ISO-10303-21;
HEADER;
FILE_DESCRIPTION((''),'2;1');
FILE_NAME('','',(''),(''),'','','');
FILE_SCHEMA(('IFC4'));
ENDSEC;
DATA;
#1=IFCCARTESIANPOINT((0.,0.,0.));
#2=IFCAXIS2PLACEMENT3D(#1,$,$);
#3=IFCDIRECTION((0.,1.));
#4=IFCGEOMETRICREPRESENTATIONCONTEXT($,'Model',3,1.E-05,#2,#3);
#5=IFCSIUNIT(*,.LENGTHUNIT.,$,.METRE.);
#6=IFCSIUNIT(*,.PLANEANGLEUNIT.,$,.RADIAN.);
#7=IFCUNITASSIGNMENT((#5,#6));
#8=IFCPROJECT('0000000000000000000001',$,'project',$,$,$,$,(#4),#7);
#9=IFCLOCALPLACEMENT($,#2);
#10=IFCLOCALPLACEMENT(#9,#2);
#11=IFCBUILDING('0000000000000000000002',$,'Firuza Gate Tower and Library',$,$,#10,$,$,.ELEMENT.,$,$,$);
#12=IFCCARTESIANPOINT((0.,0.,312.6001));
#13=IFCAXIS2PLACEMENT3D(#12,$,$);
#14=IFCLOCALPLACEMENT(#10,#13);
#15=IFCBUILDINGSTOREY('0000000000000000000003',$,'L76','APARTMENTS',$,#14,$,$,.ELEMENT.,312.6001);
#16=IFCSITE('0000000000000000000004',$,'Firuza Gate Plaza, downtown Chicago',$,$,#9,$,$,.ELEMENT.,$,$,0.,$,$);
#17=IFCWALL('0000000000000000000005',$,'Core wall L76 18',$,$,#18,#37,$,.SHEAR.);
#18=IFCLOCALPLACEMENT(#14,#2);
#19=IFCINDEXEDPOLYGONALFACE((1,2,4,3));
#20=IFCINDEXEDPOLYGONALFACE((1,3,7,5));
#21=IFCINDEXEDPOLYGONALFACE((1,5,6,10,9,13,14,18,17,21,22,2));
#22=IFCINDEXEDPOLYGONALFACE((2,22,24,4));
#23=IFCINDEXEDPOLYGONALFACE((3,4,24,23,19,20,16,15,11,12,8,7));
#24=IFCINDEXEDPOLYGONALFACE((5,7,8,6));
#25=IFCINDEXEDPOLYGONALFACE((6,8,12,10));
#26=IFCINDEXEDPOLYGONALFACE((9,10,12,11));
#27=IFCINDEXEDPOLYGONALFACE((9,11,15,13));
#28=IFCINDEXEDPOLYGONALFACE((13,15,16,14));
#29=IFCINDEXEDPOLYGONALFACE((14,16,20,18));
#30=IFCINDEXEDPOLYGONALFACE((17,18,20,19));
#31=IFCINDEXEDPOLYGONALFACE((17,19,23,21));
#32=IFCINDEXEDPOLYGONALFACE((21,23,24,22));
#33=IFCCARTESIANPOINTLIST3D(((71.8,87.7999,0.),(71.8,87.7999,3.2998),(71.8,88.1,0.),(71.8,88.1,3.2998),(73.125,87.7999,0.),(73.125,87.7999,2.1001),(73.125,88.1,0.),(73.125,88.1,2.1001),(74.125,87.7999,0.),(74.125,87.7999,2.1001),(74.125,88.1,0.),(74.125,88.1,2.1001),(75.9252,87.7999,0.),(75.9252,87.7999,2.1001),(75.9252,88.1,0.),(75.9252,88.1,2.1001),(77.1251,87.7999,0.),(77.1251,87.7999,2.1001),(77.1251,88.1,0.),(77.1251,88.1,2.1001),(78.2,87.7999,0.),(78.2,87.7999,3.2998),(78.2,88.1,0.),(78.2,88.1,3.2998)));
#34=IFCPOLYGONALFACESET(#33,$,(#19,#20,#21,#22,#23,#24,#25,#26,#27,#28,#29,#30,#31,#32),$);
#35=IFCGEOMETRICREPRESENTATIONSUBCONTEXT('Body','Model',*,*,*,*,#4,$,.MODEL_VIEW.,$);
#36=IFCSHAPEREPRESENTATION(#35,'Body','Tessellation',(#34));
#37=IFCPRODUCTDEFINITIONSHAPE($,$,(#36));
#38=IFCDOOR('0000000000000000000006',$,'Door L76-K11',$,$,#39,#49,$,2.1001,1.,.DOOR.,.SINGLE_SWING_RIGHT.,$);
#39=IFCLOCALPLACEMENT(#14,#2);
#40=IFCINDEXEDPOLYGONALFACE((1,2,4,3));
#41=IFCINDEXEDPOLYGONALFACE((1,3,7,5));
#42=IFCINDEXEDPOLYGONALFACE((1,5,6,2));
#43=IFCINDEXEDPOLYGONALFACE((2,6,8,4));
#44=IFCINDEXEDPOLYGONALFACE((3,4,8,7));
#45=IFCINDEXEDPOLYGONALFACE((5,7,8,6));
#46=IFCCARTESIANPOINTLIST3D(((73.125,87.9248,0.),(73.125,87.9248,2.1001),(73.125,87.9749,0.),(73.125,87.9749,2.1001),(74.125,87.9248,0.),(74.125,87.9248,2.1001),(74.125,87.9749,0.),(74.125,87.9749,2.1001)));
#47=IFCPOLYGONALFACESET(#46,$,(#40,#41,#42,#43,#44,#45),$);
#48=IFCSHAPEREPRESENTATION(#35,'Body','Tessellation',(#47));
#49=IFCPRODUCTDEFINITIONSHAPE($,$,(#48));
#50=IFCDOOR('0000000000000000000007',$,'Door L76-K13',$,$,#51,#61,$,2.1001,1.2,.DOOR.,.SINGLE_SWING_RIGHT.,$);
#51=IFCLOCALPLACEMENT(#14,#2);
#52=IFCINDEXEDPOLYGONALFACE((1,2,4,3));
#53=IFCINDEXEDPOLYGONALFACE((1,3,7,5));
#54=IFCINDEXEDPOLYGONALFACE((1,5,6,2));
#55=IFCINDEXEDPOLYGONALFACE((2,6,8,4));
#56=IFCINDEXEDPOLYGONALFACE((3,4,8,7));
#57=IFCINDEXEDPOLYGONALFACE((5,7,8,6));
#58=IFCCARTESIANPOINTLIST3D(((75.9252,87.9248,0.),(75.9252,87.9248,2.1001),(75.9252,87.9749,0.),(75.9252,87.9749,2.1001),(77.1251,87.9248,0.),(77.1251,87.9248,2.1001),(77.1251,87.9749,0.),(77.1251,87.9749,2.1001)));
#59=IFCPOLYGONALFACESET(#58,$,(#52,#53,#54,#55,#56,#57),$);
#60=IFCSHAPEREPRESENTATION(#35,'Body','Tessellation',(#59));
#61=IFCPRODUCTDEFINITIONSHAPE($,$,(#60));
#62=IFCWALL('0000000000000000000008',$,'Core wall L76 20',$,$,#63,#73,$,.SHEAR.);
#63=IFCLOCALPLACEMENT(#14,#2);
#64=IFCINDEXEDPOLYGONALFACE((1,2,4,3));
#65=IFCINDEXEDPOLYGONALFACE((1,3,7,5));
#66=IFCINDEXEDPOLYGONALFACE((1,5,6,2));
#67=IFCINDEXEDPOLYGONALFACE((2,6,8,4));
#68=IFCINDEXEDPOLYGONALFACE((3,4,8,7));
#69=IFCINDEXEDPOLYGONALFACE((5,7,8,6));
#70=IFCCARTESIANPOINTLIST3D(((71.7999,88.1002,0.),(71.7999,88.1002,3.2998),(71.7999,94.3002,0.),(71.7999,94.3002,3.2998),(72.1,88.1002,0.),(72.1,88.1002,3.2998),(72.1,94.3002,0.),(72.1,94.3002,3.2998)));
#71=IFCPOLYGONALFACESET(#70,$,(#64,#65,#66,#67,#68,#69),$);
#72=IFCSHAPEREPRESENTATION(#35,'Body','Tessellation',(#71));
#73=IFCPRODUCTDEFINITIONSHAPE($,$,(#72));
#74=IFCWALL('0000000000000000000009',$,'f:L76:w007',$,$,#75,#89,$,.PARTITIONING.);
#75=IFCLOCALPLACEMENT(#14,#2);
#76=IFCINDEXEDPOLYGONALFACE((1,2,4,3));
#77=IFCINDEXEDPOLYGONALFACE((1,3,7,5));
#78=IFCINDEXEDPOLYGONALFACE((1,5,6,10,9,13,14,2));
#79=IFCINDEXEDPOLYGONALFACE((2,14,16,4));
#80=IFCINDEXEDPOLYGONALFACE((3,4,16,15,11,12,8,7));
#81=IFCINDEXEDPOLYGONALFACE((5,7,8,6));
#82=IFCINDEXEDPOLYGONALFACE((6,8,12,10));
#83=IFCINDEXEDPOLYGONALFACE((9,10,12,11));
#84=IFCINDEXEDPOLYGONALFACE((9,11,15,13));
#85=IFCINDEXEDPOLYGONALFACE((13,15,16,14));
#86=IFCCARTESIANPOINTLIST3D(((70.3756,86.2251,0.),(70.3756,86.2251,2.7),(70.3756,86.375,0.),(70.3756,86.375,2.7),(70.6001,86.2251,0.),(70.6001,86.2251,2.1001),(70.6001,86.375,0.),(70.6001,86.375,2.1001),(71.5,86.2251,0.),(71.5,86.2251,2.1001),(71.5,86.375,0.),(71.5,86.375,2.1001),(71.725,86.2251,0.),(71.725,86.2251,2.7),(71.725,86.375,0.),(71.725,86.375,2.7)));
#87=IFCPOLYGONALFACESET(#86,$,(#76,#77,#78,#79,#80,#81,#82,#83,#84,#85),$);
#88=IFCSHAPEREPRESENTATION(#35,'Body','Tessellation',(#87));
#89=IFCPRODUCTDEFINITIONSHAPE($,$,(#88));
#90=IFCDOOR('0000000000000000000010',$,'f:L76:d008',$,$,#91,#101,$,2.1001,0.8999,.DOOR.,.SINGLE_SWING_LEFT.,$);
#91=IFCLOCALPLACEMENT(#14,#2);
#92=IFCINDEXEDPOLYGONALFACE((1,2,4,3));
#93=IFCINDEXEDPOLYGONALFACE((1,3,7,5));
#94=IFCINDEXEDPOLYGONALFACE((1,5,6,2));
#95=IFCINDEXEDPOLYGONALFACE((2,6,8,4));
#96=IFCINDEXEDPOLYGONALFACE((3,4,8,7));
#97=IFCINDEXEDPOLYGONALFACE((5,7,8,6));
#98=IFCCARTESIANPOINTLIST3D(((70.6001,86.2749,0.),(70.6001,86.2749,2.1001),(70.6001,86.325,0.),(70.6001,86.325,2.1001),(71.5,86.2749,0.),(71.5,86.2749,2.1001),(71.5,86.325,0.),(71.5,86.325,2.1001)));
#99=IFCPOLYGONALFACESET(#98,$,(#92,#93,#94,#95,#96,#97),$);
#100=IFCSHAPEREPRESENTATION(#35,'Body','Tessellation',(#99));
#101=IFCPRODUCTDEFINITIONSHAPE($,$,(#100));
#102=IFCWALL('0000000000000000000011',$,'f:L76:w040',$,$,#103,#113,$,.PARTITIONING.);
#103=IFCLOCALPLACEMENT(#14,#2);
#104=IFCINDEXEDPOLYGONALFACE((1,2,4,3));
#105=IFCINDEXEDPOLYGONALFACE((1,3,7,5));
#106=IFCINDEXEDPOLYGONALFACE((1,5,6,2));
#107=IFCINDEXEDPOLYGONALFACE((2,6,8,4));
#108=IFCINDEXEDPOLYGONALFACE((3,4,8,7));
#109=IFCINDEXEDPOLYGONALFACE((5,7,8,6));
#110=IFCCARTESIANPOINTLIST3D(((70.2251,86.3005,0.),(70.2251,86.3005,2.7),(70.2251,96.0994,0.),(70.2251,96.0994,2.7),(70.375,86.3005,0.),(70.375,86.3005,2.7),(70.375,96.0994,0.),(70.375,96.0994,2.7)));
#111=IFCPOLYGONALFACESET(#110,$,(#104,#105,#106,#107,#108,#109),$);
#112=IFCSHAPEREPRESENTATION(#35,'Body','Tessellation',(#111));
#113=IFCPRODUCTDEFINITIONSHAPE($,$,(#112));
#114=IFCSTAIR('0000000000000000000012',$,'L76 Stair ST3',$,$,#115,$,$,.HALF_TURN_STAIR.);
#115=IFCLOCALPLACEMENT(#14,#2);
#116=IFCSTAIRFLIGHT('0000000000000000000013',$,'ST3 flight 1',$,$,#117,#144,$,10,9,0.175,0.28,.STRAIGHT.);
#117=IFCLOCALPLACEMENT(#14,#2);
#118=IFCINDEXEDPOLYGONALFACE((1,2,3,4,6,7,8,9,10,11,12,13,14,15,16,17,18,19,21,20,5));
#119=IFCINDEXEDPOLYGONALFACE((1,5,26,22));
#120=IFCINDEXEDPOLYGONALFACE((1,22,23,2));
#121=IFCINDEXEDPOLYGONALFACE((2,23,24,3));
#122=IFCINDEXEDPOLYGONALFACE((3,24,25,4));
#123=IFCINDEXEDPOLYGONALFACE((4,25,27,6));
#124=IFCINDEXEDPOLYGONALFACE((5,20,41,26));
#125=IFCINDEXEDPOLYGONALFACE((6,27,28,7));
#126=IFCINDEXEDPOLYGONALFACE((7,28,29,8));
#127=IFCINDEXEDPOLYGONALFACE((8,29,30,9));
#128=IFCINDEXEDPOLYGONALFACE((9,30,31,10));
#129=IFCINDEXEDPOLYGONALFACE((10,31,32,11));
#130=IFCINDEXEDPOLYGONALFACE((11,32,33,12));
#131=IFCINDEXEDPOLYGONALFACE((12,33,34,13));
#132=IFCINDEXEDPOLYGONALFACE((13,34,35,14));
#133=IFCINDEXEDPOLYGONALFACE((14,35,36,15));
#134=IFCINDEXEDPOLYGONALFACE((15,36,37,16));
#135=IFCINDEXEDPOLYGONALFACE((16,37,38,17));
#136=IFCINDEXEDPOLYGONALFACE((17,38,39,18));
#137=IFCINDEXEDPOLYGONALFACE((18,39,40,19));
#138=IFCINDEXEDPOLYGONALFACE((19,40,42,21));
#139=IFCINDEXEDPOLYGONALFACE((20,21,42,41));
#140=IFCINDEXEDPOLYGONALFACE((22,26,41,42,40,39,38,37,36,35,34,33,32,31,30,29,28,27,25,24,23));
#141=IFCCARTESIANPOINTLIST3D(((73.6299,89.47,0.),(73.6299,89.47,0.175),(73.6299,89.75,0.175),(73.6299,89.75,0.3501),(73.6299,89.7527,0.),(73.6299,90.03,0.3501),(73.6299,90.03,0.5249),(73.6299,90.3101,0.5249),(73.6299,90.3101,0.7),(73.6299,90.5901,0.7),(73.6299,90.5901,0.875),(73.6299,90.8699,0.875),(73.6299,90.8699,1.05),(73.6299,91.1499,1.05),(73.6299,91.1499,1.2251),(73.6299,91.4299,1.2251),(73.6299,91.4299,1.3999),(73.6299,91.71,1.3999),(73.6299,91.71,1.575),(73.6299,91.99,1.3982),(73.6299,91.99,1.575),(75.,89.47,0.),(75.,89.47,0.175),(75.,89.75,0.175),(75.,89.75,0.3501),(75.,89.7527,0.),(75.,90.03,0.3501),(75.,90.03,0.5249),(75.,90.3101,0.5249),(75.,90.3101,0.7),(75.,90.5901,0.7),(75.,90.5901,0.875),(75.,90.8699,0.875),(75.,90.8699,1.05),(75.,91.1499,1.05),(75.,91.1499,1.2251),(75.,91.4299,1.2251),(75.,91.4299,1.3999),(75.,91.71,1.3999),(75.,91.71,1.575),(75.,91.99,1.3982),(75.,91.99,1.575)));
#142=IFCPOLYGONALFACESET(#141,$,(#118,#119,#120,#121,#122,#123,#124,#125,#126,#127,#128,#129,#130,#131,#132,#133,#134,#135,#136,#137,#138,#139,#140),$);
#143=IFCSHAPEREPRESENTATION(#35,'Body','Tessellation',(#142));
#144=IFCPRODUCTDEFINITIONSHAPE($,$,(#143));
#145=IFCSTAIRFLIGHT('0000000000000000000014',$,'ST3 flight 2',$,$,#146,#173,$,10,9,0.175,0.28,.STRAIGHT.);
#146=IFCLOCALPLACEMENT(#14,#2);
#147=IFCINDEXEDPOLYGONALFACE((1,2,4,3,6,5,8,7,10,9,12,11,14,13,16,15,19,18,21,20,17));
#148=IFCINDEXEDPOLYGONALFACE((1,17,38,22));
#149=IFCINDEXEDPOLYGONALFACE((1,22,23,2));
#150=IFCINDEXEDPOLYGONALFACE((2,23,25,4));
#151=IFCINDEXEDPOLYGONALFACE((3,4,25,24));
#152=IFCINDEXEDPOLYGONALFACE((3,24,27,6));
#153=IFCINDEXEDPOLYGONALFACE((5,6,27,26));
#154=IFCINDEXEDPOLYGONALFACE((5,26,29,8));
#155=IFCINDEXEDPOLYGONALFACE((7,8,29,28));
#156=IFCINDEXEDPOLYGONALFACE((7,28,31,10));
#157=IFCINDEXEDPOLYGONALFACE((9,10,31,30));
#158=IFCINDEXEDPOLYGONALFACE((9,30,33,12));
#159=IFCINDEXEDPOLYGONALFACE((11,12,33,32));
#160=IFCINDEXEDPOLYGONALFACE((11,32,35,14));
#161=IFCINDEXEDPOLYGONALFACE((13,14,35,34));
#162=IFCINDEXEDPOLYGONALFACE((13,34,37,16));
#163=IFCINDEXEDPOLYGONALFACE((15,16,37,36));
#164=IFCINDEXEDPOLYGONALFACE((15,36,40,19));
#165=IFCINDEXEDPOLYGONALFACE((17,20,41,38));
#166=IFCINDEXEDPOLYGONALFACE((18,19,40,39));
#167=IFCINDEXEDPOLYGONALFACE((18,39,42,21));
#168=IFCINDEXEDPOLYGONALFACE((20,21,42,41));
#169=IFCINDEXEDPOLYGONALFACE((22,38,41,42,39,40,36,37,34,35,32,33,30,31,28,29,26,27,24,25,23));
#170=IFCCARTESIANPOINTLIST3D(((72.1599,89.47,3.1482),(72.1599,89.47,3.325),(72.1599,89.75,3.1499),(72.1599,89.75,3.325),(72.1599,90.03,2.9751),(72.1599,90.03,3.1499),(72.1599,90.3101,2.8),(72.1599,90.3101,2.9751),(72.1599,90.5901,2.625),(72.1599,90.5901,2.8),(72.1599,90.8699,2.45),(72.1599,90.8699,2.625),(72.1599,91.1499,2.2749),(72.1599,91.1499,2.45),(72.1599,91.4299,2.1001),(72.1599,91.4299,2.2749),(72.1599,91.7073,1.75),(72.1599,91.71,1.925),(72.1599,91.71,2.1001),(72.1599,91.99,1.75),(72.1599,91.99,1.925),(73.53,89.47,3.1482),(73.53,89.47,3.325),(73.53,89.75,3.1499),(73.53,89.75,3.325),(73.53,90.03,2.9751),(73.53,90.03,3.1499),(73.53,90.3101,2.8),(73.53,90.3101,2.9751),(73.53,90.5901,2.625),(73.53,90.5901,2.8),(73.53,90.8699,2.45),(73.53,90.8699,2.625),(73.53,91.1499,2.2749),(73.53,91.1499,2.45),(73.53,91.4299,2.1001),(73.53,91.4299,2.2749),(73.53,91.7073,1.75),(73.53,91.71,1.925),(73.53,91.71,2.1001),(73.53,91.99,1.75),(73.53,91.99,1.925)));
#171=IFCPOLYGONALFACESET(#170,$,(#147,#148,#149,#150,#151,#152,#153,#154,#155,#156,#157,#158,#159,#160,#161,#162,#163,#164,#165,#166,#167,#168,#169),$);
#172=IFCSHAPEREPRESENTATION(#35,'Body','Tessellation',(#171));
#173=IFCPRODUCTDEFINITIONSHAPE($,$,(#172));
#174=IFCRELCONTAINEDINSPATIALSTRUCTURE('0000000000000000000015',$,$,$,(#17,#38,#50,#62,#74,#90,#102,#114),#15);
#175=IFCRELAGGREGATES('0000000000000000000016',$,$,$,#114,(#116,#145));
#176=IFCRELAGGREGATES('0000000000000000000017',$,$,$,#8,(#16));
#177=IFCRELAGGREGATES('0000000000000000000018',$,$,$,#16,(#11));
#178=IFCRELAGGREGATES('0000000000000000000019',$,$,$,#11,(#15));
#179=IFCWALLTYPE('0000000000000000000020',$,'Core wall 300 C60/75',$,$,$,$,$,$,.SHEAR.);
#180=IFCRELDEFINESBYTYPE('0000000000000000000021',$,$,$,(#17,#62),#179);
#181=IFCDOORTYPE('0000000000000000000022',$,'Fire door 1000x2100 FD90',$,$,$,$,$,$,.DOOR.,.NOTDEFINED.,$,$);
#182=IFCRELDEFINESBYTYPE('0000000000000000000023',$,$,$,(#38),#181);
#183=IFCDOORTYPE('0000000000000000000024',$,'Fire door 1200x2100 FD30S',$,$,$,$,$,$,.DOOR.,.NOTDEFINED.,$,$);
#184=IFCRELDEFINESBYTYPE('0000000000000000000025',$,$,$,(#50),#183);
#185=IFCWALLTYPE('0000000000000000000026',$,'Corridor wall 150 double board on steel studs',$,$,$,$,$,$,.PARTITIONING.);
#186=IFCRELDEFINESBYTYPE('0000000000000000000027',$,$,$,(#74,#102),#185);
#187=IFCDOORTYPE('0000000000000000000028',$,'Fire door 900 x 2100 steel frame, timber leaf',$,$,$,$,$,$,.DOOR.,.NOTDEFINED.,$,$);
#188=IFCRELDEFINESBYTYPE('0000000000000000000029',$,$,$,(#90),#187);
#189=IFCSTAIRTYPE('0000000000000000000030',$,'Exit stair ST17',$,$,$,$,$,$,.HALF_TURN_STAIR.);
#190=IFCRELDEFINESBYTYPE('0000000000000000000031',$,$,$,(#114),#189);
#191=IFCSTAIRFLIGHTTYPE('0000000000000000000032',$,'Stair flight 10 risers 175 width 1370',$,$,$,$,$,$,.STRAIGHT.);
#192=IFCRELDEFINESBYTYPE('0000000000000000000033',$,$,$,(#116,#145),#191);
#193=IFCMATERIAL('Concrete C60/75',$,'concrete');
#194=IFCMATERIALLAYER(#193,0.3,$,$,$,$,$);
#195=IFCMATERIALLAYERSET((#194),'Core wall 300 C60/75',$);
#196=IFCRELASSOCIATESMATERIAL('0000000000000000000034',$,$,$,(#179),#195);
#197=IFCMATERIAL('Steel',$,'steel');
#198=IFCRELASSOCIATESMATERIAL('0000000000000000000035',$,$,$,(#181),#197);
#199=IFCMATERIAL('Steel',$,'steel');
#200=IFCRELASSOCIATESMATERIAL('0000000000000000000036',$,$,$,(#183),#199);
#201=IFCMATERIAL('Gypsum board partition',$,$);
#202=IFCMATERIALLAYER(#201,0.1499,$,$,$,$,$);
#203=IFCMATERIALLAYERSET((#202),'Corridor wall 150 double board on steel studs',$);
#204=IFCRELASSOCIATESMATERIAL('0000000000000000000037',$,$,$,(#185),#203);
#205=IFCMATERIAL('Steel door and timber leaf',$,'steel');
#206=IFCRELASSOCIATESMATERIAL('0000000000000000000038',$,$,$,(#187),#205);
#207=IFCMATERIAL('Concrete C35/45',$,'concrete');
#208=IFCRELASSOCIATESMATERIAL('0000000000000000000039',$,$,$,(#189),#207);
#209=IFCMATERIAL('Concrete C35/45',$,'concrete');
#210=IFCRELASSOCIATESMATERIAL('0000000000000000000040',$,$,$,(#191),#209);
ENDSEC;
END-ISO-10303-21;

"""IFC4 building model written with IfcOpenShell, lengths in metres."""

from ifc_helpers import new_model, si_unit, direction, frame, frame_2d, origin, place, context, subcontext, project, spatial, polyline, rectangle, outline, extrude, material, layer, layer_set, type_object, element, fill, aggregate, save


model = new_model("IFC4")

# Units and contexts
model_context = context("Model", 3, precision=1e-05, world=origin(), true_north=direction((0.0, 1.0)))
body_context = subcontext(model_context, "Body", "Model", "MODEL_VIEW")
ifc_project = project(units=[si_unit("LENGTHUNIT", "METRE"), si_unit("PLANEANGLEUNIT", "RADIAN")], contexts=[model_context])

# Site, building, storey
site_placement = place(None, origin())
site = spatial("IfcSite", under=ifc_project, at=site_placement, Name="Firuza Gate Plaza, downtown Chicago", CompositionType="ELEMENT", RefElevation=0.0)
building_placement = place(site_placement, origin())
building = spatial("IfcBuilding", under=site, at=building_placement, Name="Firuza Gate Tower and Library", CompositionType="ELEMENT")
storey_placement = place(building_placement, frame((0.0, 0.0, 312.6001)))
storey = spatial("IfcBuildingStorey", under=building, at=storey_placement, Name="L76", Description="APARTMENTS", CompositionType="ELEMENT", Elevation=312.6001)

# Shared definitions
placement = place(storey_placement, origin())

# Wall, openings, doors
ifc_material_1 = material(Name="Concrete C60/75", Category="concrete")
ifc_layer_1 = layer(ifc_material_1, 0.3)
ifc_layer_set_1 = layer_set([ifc_layer_1], Name="Core wall 300 C60/75")
wall_type_1 = type_object("IfcWallType", Name="Core wall 300 C60/75", PredefinedType="SHEAR", material=ifc_layer_set_1)
wall_1_placement = place(storey_placement, frame((71.8, 87.95, 0.0), z_axis=(0.0, 0.0, 1.0), x_axis=(1.0, 0.0, 0.0)))
wall_1 = element("IfcWall", 1, at=wall_1_placement, inside=storey, type_object=wall_type_1, Name="Core wall L76 18", PredefinedType="SHEAR", context=body_context, shape_type="SweptSolid", body=[
    extrude(rectangle(XDim=6.3999, YDim=0.3, at=frame_2d((3.2, 0.0))), origin(), (0.0, 0.0, 1.0), 3.2998),
])
opening_1_placement = place(wall_1_placement, frame((1.325, 0.0, 0.0)))
opening_1 = element("IfcOpeningElement", 2, at=opening_1_placement, cuts=wall_1, PredefinedType="OPENING", context=body_context, shape_type="SweptSolid", body=[
    extrude(rectangle(XDim=1.0, YDim=2.1001, at=frame_2d((0.5, 1.05))), frame((0.0, 0.1602, 0.0), z_axis=(0.0, -1.0, 0.0), x_axis=(1.0, 0.0, 0.0)), (0.0, 0.0, 1.0), 0.3201),
])
opening_2_placement = place(wall_1_placement, frame((4.125, 0.0, 0.0)))
opening_2 = element("IfcOpeningElement", 3, at=opening_2_placement, cuts=wall_1, PredefinedType="OPENING", context=body_context, shape_type="SweptSolid", body=[
    extrude(rectangle(XDim=1.2, YDim=2.1001, at=frame_2d((0.6001, 1.05))), frame((0.0, 0.1602, 0.0), z_axis=(0.0, -1.0, 0.0), x_axis=(1.0, 0.0, 0.0)), (0.0, 0.0, 1.0), 0.3201),
])
ifc_material_2 = material(Name="Steel", Category="steel")
door_type_1 = type_object("IfcDoorType", Name="Fire door 1000x2100 FD90", OperationType="NOTDEFINED", PredefinedType="DOOR", material=ifc_material_2)
door_1_placement = place(opening_1_placement, origin())
door_1 = element("IfcDoor", 4, at=door_1_placement, inside=storey, type_object=door_type_1, Name="Door L76-K11", OperationType="SINGLE_SWING_RIGHT", OverallHeight=2.1001, OverallWidth=1.0, PredefinedType="DOOR", context=body_context, shape_type="SweptSolid", body=[
    extrude(rectangle(XDim=1.0, YDim=2.1001, at=frame_2d((0.5, 1.05))), frame((0.0, 0.0249, 0.0), z_axis=(0.0, -1.0, 0.0), x_axis=(1.0, 0.0, 0.0)), (0.0, 0.0, 1.0), 0.05),
])
fill(opening_1, door_1)
ifc_material_3 = material(Name="Steel", Category="steel")
door_type_2 = type_object("IfcDoorType", Name="Fire door 1200x2100 FD30S", OperationType="NOTDEFINED", PredefinedType="DOOR", material=ifc_material_3)
door_2_placement = place(opening_2_placement, origin())
door_2 = element("IfcDoor", 5, at=door_2_placement, inside=storey, type_object=door_type_2, Name="Door L76-K13", OperationType="SINGLE_SWING_RIGHT", OverallHeight=2.1001, OverallWidth=1.2, PredefinedType="DOOR", context=body_context, shape_type="SweptSolid", body=[
    extrude(rectangle(XDim=1.2, YDim=2.1001, at=frame_2d((0.6001, 1.05))), frame((0.0, 0.0249, 0.0), z_axis=(0.0, -1.0, 0.0), x_axis=(1.0, 0.0, 0.0)), (0.0, 0.0, 1.0), 0.05),
])
fill(opening_2, door_2)

# Wall
wall_2_placement = place(storey_placement, frame((71.95, 88.1001, 0.0), z_axis=(0.0, 0.0, 1.0), x_axis=(0.0, 1.0, 0.0)))
element("IfcWall", 6, at=wall_2_placement, inside=storey, type_object=wall_type_1, Name="Core wall L76 20", PredefinedType="SHEAR", context=body_context, shape_type="SweptSolid", body=[
    extrude(rectangle(XDim=6.2, YDim=0.3, at=frame_2d((3.1001, 0.0))), origin(), (0.0, 0.0, 1.0), 3.2998),
])

# Wall, opening, door
ifc_material_4 = material(Name="Gypsum board partition")
ifc_layer_2 = layer(ifc_material_4, 0.1499)
ifc_layer_set_2 = layer_set([ifc_layer_2], Name="Corridor wall 150 double board on steel studs")
wall_type_2 = type_object("IfcWallType", Name="Corridor wall 150 double board on steel studs", PredefinedType="PARTITIONING", material=ifc_layer_set_2)
wall_3_placement = place(storey_placement, frame((70.3755, 86.3, 0.0), z_axis=(0.0, 0.0, 1.0), x_axis=(1.0, 0.0, 0.0)))
wall_3 = element("IfcWall", 7, at=wall_3_placement, inside=storey, type_object=wall_type_2, Name="f:L76:w007", PredefinedType="PARTITIONING", context=body_context, shape_type="SweptSolid", body=[
    extrude(rectangle(XDim=1.3494, YDim=0.1499, at=frame_2d((0.6748, 0.0))), origin(), (0.0, 0.0, 1.0), 2.7),
])
opening_3_placement = place(wall_3_placement, frame((0.2246, 0.0, 0.0)))
opening_3 = element("IfcOpeningElement", 8, at=opening_3_placement, cuts=wall_3, PredefinedType="OPENING", context=body_context, shape_type="SweptSolid", body=[
    extrude(rectangle(XDim=0.8999, YDim=2.1001, at=frame_2d((0.45, 1.05))), frame((0.0, 0.085, 0.0), z_axis=(0.0, -1.0, 0.0), x_axis=(1.0, 0.0, 0.0)), (0.0, 0.0, 1.0), 0.1699),
])
ifc_material_5 = material(Name="Steel door and timber leaf", Category="steel")
door_type_3 = type_object("IfcDoorType", Name="Fire door 900 x 2100 steel frame, timber leaf", OperationType="NOTDEFINED", PredefinedType="DOOR", material=ifc_material_5)
door_3_placement = place(opening_3_placement, origin())
door_3 = element("IfcDoor", 9, at=door_3_placement, inside=storey, type_object=door_type_3, Name="f:L76:d008", OperationType="SINGLE_SWING_LEFT", OverallHeight=2.1001, OverallWidth=0.8999, PredefinedType="DOOR", context=body_context, shape_type="SweptSolid", body=[
    extrude(rectangle(XDim=0.8999, YDim=2.1001, at=frame_2d((0.45, 1.05))), frame((0.0, 0.0249, 0.0), z_axis=(0.0, -1.0, 0.0), x_axis=(1.0, 0.0, 0.0)), (0.0, 0.0, 1.0), 0.05),
])
fill(opening_3, door_3)

# Wall
wall_4_placement = place(storey_placement, frame((70.3, 86.3005, 0.0), z_axis=(0.0, 0.0, 1.0), x_axis=(0.0, 1.0, 0.0)))
element("IfcWall", 10, at=wall_4_placement, inside=storey, type_object=wall_type_2, Name="f:L76:w040", PredefinedType="PARTITIONING", context=body_context, shape_type="SweptSolid", body=[
    extrude(rectangle(XDim=9.7988, YDim=0.1499, at=frame_2d((4.8994, 0.0))), origin(), (0.0, 0.0, 1.0), 2.7),
])

# Stair, stair flights
ifc_material_6 = material(Name="Concrete C35/45", Category="concrete")
stair_type = type_object("IfcStairType", Name="Exit stair ST17", PredefinedType="HALF_TURN_STAIR", material=ifc_material_6)
stair = element("IfcStair", 11, at=placement, inside=storey, type_object=stair_type, Name="L76 Stair ST3", PredefinedType="HALF_TURN_STAIR")
ifc_material_7 = material(Name="Concrete C35/45", Category="concrete")
stair_flight_type = type_object("IfcStairFlightType", Name="Stair flight 10 risers 175 width 1370", PredefinedType="STRAIGHT", material=ifc_material_7)
stair_flight_1_placement = place(storey_placement, frame((74.3149, 89.47, 0.0), z_axis=(0.0, 0.0, 1.0), x_axis=(0.0, 1.0, 0.0)))
stair_flight_1 = element("IfcStairFlight", 12, at=stair_flight_1_placement, type_object=stair_flight_type, Name="ST3 flight 1", NumberOfRisers=10, NumberOfTreads=9, PredefinedType="STRAIGHT", RiserHeight=0.175, TreadLength=0.28, context=body_context, shape_type="SweptSolid", body=[
    extrude(outline(polyline([(0.0, 0.0), (0.0, 0.175), (0.28, 0.175), (0.28, 0.3501), (0.5601, 0.3501), (0.5601, 0.5249), (0.8401, 0.5249), (0.8401, 0.7), (1.1201, 0.7), (1.1201, 0.875), (1.3999, 0.875), (1.3999, 1.05), (1.6799, 1.05), (1.6799, 1.2251), (1.96, 1.2251), (1.96, 1.3999), (2.24, 1.3999), (2.24, 1.575), (2.52, 1.575), (2.52, 1.75), (2.52, 1.3982), (0.2827, 0.0), (0.0, 0.0)])), frame((0.0, 0.6851, 0.0), z_axis=(0.0, -1.0, 0.0), x_axis=(1.0, 0.0, 0.0)), (0.0, 0.0, 1.0), 1.3701),
])
stair_flight_2_placement = place(storey_placement, frame((72.845, 91.99, 1.75), z_axis=(0.0, 0.0, 1.0), x_axis=(0.0, -1.0, 0.0)))
stair_flight_2 = element("IfcStairFlight", 13, at=stair_flight_2_placement, type_object=stair_flight_type, Name="ST3 flight 2", NumberOfRisers=10, NumberOfTreads=9, PredefinedType="STRAIGHT", RiserHeight=0.175, TreadLength=0.28, context=body_context, shape_type="SweptSolid", body=[
    extrude(outline(polyline([(0.0, 0.0), (0.0, 0.175), (0.28, 0.175), (0.28, 0.3501), (0.5601, 0.3501), (0.5601, 0.5249), (0.8401, 0.5249), (0.8401, 0.7), (1.1201, 0.7), (1.1201, 0.875), (1.3999, 0.875), (1.3999, 1.05), (1.6799, 1.05), (1.6799, 1.2251), (1.96, 1.2251), (1.96, 1.3999), (2.24, 1.3999), (2.24, 1.575), (2.52, 1.575), (2.52, 1.75), (2.52, 1.3982), (0.2827, 0.0), (0.0, 0.0)])), frame((0.0, 0.6851, 0.0), z_axis=(0.0, -1.0, 0.0), x_axis=(1.0, 0.0, 0.0)), (0.0, 0.0, 1.0), 1.3701),
])
aggregate(stair, [stair_flight_1, stair_flight_2])

save(model, "model.ifc")
